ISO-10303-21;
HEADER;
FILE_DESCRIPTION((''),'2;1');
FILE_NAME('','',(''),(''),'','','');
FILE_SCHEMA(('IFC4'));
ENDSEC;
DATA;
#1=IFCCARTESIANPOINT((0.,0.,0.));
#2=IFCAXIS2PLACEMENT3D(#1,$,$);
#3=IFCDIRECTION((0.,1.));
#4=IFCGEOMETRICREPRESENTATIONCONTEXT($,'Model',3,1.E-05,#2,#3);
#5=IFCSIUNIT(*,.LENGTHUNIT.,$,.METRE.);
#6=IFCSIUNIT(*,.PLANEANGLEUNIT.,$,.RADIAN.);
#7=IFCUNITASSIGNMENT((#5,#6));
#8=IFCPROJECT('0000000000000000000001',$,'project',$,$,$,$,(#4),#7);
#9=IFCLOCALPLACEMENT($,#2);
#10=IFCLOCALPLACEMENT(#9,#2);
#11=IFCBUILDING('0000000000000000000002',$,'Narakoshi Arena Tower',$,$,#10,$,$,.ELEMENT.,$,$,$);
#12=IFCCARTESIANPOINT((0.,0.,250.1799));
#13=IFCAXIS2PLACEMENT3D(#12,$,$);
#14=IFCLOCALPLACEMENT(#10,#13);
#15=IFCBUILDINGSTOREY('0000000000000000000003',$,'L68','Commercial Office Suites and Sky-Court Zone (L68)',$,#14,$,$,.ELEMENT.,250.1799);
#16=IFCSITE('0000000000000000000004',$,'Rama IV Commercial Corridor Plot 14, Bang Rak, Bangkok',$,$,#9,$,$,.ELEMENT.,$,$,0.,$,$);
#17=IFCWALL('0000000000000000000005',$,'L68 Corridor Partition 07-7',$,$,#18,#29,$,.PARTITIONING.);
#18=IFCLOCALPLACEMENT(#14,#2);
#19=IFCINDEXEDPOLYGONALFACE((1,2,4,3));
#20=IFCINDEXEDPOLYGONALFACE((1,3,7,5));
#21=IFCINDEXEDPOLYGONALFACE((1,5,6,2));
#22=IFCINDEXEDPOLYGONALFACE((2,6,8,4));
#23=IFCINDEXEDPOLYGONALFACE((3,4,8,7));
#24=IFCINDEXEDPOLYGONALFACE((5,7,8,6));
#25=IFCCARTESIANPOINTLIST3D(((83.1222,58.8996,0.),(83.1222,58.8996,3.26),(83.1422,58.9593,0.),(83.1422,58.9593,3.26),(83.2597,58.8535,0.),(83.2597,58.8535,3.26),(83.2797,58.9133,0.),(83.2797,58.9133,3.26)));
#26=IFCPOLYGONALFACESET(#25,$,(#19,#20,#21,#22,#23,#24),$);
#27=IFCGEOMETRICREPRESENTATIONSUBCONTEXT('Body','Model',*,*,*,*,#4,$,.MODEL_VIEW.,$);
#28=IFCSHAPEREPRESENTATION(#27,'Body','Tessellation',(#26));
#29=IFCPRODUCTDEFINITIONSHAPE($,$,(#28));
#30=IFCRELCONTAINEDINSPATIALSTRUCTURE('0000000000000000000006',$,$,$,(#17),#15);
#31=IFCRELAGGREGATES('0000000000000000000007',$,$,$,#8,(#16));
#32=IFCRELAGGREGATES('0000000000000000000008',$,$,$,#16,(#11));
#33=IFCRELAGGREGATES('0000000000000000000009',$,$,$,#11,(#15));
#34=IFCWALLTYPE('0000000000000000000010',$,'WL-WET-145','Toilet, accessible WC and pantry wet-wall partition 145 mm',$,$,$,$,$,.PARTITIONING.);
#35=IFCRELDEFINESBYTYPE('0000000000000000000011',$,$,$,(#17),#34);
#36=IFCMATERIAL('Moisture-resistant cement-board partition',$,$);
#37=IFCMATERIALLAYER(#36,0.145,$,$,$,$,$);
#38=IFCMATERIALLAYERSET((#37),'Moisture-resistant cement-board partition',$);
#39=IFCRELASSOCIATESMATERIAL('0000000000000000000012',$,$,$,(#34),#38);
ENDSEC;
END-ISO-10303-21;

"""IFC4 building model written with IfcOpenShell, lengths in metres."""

from ifc_helpers import new_model, si_unit, direction, frame, frame_2d, origin, place, context, subcontext, project, spatial, rectangle, extrude, material, layer, layer_set, type_object, element, save


model = new_model("IFC4")

# Units and contexts
model_context = context("Model", 3, precision=1e-05, world=origin(), true_north=direction((0.0, 1.0)))
body_context = subcontext(model_context, "Body", "Model", "MODEL_VIEW")
ifc_project = project(units=[si_unit("LENGTHUNIT", "METRE"), si_unit("PLANEANGLEUNIT", "RADIAN")], contexts=[model_context])

# Site, building, storey
site_placement = place(None, origin())
site = spatial("IfcSite", under=ifc_project, at=site_placement, Name="Rama IV Commercial Corridor Plot 14, Bang Rak, Bangkok", CompositionType="ELEMENT", RefElevation=0.0)
building_placement = place(site_placement, origin())
building = spatial("IfcBuilding", under=site, at=building_placement, Name="Narakoshi Arena Tower", CompositionType="ELEMENT")
storey_placement = place(building_placement, frame((0.0, 0.0, 250.1799)))
storey = spatial("IfcBuildingStorey", under=building, at=storey_placement, Name="L68", Description="Commercial Office Suites and Sky-Court Zone (L68)", CompositionType="ELEMENT", Elevation=250.1799)

# Wall
ifc_material_1 = material(Name="Moisture-resistant cement-board partition")
ifc_layer_1 = layer(ifc_material_1, 0.145)
ifc_layer_set_1 = layer_set([ifc_layer_1], Name="Moisture-resistant cement-board partition")
wall_type_1 = type_object("IfcWallType", Name="WL-WET-145", Description="Toilet, accessible WC and pantry wet-wall partition 145 mm", PredefinedType="PARTITIONING", material=ifc_layer_set_1)
wall_1_placement = place(storey_placement, frame((83.2109, 58.9363, 0.0), z_axis=(0.0, 0.0, 1.0), x_axis=(-0.317389, -0.948296, 0.0)))
element("IfcWall", 1, at=wall_1_placement, inside=storey, type_object=wall_type_1, Name="L68 Corridor Partition 07-7", PredefinedType="PARTITIONING", context=body_context, shape_type="SweptSolid", body=[
    extrude(rectangle(XDim=0.063, YDim=0.145, at=frame_2d((0.0315, 0.0))), origin(), (0.0, 0.0, 1.0), 3.26),
])

save(model, "model.ifc")
